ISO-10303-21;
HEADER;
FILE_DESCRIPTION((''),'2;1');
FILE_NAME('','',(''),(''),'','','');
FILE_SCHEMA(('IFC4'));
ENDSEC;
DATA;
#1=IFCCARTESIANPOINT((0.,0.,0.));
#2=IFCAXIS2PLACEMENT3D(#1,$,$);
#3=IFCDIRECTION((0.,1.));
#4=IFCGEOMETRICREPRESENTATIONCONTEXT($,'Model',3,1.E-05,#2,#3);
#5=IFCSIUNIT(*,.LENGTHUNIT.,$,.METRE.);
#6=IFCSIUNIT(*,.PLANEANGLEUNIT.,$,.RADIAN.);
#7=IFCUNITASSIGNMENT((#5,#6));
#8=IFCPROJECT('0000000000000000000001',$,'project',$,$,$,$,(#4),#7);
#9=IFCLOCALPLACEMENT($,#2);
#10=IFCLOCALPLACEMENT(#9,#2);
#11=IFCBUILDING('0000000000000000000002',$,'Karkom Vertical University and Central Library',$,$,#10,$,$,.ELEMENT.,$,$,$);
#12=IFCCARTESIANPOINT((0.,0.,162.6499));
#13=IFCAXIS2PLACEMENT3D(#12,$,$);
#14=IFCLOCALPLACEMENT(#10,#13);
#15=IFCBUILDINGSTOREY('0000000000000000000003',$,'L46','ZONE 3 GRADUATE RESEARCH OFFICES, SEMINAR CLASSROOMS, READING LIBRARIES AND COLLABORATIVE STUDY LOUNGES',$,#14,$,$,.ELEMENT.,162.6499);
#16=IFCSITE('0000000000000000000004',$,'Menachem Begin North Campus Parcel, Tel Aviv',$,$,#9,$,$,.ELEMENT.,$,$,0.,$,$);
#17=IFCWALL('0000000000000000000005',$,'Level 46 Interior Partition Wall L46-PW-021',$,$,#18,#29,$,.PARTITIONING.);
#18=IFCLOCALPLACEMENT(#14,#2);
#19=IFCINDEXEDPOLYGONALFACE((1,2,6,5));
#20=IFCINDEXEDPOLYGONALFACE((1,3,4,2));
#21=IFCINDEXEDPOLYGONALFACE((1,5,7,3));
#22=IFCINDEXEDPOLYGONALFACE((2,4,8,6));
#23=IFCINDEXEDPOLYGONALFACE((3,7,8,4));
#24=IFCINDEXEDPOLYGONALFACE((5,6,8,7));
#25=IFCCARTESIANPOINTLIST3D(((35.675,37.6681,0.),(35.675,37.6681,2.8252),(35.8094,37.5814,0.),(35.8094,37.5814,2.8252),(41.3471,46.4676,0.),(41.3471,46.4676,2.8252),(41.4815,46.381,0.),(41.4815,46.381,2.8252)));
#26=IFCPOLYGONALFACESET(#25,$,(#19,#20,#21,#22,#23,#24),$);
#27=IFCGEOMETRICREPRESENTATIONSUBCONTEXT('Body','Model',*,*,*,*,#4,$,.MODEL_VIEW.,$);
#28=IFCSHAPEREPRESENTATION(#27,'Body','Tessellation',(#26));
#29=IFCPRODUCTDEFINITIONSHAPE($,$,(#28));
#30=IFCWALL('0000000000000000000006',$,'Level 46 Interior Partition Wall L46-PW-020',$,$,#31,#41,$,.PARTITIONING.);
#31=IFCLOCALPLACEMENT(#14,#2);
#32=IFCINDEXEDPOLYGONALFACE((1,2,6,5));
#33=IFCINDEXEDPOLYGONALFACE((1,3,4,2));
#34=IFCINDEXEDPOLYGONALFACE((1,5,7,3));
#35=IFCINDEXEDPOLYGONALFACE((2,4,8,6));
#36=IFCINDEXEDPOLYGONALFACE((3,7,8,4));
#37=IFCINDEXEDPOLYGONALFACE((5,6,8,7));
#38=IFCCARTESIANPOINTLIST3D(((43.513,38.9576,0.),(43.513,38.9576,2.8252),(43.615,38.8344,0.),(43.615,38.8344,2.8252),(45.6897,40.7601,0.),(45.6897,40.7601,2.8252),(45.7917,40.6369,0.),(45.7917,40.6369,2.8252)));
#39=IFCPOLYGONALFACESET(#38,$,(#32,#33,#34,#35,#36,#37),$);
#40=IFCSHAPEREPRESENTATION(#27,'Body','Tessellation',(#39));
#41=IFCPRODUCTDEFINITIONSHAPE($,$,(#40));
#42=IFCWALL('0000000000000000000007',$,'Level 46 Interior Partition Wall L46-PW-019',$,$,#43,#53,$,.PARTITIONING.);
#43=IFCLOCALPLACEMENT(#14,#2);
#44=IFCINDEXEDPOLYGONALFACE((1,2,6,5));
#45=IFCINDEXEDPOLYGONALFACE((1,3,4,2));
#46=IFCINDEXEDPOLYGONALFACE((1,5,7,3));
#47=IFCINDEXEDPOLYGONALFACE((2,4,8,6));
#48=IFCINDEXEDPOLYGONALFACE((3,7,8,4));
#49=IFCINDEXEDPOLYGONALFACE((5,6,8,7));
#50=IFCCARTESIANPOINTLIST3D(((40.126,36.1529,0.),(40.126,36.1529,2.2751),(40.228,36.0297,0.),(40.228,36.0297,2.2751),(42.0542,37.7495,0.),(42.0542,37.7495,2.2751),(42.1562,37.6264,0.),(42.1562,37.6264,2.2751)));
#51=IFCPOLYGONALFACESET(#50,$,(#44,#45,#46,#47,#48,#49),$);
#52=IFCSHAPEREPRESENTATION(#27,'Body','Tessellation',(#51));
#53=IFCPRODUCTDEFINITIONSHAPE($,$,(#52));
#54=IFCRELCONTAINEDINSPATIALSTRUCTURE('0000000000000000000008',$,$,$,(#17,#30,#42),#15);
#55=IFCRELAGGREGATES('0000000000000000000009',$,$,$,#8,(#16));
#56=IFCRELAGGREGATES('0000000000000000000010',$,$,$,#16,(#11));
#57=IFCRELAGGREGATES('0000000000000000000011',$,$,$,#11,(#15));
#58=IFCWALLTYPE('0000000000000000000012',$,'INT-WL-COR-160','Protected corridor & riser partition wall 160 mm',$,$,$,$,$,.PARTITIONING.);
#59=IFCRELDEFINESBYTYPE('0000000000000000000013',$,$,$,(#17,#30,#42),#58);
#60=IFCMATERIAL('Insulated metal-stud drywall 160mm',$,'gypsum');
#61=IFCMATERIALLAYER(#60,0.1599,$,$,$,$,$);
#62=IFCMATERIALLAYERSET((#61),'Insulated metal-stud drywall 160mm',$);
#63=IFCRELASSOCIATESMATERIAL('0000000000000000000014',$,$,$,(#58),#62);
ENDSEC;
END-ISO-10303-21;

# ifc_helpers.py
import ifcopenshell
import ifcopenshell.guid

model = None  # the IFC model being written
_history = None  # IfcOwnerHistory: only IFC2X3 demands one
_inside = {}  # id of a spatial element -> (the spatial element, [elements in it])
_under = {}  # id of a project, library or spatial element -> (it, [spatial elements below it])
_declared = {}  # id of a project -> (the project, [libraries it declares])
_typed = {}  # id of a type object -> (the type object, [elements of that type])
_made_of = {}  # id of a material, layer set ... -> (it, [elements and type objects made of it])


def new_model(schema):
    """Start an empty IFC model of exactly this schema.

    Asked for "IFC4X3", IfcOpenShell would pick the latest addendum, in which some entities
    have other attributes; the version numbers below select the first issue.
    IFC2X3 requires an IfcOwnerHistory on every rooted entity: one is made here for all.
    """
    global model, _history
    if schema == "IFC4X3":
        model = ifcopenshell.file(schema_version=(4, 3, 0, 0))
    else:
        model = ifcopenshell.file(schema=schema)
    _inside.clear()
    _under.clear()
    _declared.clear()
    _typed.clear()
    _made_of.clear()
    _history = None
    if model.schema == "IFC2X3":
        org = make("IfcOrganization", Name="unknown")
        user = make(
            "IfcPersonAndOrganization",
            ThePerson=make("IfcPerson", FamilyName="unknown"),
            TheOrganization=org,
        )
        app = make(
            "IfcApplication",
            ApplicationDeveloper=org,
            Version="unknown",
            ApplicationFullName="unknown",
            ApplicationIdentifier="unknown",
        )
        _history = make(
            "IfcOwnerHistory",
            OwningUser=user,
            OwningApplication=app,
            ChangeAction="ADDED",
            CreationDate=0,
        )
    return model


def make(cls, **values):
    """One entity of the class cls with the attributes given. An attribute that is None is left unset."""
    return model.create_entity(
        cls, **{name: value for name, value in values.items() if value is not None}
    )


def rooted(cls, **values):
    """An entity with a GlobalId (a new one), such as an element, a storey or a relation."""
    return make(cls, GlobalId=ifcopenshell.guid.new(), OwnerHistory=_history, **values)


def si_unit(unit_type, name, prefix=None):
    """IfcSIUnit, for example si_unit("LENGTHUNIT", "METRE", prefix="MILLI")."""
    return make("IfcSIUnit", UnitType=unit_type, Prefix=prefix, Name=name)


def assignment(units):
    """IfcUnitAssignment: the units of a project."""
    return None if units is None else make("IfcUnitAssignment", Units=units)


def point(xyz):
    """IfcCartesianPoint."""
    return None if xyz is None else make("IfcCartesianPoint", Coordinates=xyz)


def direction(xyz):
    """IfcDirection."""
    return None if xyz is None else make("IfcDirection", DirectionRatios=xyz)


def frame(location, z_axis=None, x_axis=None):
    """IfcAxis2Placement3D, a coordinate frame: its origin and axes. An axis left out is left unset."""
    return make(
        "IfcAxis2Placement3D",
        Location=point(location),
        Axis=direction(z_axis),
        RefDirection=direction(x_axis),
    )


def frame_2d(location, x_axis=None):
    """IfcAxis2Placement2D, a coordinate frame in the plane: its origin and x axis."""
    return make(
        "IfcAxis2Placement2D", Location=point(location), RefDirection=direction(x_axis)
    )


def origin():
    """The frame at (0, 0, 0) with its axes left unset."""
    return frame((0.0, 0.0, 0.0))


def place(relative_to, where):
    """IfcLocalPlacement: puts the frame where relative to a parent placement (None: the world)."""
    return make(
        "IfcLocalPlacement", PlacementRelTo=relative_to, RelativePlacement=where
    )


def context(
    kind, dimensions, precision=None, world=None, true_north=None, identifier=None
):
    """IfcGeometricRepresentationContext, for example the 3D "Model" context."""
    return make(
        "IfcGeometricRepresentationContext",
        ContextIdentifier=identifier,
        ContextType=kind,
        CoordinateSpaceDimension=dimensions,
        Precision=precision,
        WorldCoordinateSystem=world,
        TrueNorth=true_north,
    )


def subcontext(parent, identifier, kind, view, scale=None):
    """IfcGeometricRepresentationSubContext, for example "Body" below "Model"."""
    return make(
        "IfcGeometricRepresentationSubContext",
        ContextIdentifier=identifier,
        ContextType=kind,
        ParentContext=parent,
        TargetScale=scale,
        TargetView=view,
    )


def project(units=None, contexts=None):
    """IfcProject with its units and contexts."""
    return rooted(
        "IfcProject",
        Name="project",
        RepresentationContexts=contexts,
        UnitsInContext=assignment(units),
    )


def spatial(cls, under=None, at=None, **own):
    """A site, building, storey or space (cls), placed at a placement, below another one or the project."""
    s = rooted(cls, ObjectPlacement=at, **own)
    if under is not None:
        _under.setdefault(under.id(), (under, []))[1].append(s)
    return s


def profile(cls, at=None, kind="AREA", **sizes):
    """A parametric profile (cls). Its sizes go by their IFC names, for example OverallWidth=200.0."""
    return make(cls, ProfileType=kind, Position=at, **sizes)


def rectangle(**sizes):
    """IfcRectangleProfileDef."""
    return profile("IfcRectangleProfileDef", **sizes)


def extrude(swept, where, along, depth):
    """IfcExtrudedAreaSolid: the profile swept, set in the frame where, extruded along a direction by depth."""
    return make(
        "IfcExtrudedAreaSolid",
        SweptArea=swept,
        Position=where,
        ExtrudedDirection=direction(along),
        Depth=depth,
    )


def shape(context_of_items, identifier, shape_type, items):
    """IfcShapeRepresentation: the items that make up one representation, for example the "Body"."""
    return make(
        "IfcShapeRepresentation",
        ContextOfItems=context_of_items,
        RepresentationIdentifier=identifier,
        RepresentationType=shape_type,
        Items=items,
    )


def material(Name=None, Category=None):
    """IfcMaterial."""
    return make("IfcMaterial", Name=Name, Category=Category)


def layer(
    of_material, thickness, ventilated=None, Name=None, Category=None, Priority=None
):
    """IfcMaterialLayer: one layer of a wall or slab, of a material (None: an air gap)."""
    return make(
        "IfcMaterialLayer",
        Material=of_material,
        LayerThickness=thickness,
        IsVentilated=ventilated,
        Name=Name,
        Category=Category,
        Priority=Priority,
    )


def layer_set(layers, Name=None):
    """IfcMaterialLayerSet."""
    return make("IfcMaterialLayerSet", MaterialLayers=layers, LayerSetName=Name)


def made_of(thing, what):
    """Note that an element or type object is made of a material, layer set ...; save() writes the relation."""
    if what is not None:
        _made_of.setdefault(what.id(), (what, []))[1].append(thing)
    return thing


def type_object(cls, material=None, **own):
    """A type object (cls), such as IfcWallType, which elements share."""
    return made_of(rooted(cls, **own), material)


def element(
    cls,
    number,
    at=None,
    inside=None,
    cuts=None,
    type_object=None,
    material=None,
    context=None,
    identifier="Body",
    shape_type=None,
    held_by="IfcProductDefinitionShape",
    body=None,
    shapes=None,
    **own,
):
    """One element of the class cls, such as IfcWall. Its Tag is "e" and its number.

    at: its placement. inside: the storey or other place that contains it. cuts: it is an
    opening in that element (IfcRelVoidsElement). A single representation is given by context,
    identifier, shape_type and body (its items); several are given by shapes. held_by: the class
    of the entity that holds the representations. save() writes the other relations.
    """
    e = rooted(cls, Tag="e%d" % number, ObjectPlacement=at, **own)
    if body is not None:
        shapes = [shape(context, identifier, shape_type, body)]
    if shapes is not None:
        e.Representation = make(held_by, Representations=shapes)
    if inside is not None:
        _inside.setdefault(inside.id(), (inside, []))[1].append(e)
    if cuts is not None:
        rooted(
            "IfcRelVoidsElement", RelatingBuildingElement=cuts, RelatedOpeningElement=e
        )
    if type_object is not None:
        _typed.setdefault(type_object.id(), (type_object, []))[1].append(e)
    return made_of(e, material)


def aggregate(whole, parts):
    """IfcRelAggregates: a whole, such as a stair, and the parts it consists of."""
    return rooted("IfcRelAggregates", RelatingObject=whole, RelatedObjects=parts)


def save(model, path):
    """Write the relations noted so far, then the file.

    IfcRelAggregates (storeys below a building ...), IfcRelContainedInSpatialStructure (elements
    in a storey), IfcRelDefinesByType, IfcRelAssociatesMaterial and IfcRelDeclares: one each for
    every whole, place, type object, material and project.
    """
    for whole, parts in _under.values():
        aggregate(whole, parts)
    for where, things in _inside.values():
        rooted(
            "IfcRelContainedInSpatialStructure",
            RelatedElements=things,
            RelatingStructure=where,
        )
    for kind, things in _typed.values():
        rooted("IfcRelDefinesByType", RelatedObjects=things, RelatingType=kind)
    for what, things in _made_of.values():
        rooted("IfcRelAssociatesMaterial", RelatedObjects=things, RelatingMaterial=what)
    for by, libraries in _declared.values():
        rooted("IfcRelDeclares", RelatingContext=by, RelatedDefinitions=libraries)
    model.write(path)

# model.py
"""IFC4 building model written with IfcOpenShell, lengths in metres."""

from ifc_helpers import new_model, si_unit, direction, frame, frame_2d, origin, place, context, subcontext, project, spatial, rectangle, extrude, material, layer, layer_set, type_object, element, save


model = new_model("IFC4")

# Units and contexts
model_context = context("Model", 3, precision=1e-05, world=origin(), true_north=direction((0.0, 1.0)))
body_context = subcontext(model_context, "Body", "Model", "MODEL_VIEW")
ifc_project = project(units=[si_unit("LENGTHUNIT", "METRE"), si_unit("PLANEANGLEUNIT", "RADIAN")], contexts=[model_context])

# Site, building, storey
site_placement = place(None, origin())
site = spatial("IfcSite", under=ifc_project, at=site_placement, Name="Menachem Begin North Campus Parcel, Tel Aviv", CompositionType="ELEMENT", RefElevation=0.0)
building_placement = place(site_placement, origin())
building = spatial("IfcBuilding", under=site, at=building_placement, Name="Karkom Vertical University and Central Library", CompositionType="ELEMENT")
storey_placement = place(building_placement, frame((0.0, 0.0, 162.6499)))
storey = spatial("IfcBuildingStorey", under=building, at=storey_placement, Name="L46", Description="ZONE 3 GRADUATE RESEARCH OFFICES, SEMINAR CLASSROOMS, READING LIBRARIES AND COLLABORATIVE STUDY LOUNGES", CompositionType="ELEMENT", Elevation=162.6499)

# Shared definitions
ifc_material_1 = material(Name="Insulated metal-stud drywall 160mm", Category="gypsum")
ifc_layer_1 = layer(ifc_material_1, 0.1599)
ifc_layer_set_1 = layer_set([ifc_layer_1], Name="Insulated metal-stud drywall 160mm")
wall_type_1 = type_object("IfcWallType", Name="INT-WL-COR-160", Description="Protected corridor & riser partition wall 160 mm", PredefinedType="PARTITIONING", material=ifc_layer_set_1)

# Walls
wall_1_placement = place(storey_placement, frame((35.7422, 37.6248, 0.0), z_axis=(0.0, 0.0, 1.0), x_axis=(0.541788, 0.840515, 0.0)))
element("IfcWall", 1, at=wall_1_placement, inside=storey, type_object=wall_type_1, Name="Level 46 Interior Partition Wall L46-PW-021", PredefinedType="PARTITIONING", context=body_context, shape_type="SweptSolid", body=[
    extrude(rectangle(XDim=10.4692, YDim=0.1599, at=frame_2d((5.2346, 0.0))), origin(), (0.0, 0.0, 1.0), 2.8252),
])
wall_2_placement = place(storey_placement, frame((43.564, 38.896, 0.0), z_axis=(0.0, 0.0, 1.0), x_axis=(0.770214, 0.637785, 0.0)))
element("IfcWall", 2, at=wall_2_placement, inside=storey, type_object=wall_type_1, Name="Level 46 Interior Partition Wall L46-PW-020", PredefinedType="PARTITIONING", context=body_context, shape_type="SweptSolid", body=[
    extrude(rectangle(XDim=2.8262, YDim=0.1599, at=frame_2d((1.4131, 0.0))), origin(), (0.0, 0.0, 1.0), 2.8252),
])
wall_3_placement = place(storey_placement, frame((40.177, 36.0913, 0.0), z_axis=(0.0, 0.0, 1.0), x_axis=(0.770216, 0.637783, 0.0)))
element("IfcWall", 3, at=wall_3_placement, inside=storey, type_object=wall_type_1, Name="Level 46 Interior Partition Wall L46-PW-019", PredefinedType="PARTITIONING", context=body_context, shape_type="SweptSolid", body=[
    extrude(rectangle(XDim=2.5034, YDim=0.1599, at=frame_2d((1.2517, 0.0))), origin(), (0.0, 0.0, 1.0), 2.2751),
])

save(model, "model.ifc")
